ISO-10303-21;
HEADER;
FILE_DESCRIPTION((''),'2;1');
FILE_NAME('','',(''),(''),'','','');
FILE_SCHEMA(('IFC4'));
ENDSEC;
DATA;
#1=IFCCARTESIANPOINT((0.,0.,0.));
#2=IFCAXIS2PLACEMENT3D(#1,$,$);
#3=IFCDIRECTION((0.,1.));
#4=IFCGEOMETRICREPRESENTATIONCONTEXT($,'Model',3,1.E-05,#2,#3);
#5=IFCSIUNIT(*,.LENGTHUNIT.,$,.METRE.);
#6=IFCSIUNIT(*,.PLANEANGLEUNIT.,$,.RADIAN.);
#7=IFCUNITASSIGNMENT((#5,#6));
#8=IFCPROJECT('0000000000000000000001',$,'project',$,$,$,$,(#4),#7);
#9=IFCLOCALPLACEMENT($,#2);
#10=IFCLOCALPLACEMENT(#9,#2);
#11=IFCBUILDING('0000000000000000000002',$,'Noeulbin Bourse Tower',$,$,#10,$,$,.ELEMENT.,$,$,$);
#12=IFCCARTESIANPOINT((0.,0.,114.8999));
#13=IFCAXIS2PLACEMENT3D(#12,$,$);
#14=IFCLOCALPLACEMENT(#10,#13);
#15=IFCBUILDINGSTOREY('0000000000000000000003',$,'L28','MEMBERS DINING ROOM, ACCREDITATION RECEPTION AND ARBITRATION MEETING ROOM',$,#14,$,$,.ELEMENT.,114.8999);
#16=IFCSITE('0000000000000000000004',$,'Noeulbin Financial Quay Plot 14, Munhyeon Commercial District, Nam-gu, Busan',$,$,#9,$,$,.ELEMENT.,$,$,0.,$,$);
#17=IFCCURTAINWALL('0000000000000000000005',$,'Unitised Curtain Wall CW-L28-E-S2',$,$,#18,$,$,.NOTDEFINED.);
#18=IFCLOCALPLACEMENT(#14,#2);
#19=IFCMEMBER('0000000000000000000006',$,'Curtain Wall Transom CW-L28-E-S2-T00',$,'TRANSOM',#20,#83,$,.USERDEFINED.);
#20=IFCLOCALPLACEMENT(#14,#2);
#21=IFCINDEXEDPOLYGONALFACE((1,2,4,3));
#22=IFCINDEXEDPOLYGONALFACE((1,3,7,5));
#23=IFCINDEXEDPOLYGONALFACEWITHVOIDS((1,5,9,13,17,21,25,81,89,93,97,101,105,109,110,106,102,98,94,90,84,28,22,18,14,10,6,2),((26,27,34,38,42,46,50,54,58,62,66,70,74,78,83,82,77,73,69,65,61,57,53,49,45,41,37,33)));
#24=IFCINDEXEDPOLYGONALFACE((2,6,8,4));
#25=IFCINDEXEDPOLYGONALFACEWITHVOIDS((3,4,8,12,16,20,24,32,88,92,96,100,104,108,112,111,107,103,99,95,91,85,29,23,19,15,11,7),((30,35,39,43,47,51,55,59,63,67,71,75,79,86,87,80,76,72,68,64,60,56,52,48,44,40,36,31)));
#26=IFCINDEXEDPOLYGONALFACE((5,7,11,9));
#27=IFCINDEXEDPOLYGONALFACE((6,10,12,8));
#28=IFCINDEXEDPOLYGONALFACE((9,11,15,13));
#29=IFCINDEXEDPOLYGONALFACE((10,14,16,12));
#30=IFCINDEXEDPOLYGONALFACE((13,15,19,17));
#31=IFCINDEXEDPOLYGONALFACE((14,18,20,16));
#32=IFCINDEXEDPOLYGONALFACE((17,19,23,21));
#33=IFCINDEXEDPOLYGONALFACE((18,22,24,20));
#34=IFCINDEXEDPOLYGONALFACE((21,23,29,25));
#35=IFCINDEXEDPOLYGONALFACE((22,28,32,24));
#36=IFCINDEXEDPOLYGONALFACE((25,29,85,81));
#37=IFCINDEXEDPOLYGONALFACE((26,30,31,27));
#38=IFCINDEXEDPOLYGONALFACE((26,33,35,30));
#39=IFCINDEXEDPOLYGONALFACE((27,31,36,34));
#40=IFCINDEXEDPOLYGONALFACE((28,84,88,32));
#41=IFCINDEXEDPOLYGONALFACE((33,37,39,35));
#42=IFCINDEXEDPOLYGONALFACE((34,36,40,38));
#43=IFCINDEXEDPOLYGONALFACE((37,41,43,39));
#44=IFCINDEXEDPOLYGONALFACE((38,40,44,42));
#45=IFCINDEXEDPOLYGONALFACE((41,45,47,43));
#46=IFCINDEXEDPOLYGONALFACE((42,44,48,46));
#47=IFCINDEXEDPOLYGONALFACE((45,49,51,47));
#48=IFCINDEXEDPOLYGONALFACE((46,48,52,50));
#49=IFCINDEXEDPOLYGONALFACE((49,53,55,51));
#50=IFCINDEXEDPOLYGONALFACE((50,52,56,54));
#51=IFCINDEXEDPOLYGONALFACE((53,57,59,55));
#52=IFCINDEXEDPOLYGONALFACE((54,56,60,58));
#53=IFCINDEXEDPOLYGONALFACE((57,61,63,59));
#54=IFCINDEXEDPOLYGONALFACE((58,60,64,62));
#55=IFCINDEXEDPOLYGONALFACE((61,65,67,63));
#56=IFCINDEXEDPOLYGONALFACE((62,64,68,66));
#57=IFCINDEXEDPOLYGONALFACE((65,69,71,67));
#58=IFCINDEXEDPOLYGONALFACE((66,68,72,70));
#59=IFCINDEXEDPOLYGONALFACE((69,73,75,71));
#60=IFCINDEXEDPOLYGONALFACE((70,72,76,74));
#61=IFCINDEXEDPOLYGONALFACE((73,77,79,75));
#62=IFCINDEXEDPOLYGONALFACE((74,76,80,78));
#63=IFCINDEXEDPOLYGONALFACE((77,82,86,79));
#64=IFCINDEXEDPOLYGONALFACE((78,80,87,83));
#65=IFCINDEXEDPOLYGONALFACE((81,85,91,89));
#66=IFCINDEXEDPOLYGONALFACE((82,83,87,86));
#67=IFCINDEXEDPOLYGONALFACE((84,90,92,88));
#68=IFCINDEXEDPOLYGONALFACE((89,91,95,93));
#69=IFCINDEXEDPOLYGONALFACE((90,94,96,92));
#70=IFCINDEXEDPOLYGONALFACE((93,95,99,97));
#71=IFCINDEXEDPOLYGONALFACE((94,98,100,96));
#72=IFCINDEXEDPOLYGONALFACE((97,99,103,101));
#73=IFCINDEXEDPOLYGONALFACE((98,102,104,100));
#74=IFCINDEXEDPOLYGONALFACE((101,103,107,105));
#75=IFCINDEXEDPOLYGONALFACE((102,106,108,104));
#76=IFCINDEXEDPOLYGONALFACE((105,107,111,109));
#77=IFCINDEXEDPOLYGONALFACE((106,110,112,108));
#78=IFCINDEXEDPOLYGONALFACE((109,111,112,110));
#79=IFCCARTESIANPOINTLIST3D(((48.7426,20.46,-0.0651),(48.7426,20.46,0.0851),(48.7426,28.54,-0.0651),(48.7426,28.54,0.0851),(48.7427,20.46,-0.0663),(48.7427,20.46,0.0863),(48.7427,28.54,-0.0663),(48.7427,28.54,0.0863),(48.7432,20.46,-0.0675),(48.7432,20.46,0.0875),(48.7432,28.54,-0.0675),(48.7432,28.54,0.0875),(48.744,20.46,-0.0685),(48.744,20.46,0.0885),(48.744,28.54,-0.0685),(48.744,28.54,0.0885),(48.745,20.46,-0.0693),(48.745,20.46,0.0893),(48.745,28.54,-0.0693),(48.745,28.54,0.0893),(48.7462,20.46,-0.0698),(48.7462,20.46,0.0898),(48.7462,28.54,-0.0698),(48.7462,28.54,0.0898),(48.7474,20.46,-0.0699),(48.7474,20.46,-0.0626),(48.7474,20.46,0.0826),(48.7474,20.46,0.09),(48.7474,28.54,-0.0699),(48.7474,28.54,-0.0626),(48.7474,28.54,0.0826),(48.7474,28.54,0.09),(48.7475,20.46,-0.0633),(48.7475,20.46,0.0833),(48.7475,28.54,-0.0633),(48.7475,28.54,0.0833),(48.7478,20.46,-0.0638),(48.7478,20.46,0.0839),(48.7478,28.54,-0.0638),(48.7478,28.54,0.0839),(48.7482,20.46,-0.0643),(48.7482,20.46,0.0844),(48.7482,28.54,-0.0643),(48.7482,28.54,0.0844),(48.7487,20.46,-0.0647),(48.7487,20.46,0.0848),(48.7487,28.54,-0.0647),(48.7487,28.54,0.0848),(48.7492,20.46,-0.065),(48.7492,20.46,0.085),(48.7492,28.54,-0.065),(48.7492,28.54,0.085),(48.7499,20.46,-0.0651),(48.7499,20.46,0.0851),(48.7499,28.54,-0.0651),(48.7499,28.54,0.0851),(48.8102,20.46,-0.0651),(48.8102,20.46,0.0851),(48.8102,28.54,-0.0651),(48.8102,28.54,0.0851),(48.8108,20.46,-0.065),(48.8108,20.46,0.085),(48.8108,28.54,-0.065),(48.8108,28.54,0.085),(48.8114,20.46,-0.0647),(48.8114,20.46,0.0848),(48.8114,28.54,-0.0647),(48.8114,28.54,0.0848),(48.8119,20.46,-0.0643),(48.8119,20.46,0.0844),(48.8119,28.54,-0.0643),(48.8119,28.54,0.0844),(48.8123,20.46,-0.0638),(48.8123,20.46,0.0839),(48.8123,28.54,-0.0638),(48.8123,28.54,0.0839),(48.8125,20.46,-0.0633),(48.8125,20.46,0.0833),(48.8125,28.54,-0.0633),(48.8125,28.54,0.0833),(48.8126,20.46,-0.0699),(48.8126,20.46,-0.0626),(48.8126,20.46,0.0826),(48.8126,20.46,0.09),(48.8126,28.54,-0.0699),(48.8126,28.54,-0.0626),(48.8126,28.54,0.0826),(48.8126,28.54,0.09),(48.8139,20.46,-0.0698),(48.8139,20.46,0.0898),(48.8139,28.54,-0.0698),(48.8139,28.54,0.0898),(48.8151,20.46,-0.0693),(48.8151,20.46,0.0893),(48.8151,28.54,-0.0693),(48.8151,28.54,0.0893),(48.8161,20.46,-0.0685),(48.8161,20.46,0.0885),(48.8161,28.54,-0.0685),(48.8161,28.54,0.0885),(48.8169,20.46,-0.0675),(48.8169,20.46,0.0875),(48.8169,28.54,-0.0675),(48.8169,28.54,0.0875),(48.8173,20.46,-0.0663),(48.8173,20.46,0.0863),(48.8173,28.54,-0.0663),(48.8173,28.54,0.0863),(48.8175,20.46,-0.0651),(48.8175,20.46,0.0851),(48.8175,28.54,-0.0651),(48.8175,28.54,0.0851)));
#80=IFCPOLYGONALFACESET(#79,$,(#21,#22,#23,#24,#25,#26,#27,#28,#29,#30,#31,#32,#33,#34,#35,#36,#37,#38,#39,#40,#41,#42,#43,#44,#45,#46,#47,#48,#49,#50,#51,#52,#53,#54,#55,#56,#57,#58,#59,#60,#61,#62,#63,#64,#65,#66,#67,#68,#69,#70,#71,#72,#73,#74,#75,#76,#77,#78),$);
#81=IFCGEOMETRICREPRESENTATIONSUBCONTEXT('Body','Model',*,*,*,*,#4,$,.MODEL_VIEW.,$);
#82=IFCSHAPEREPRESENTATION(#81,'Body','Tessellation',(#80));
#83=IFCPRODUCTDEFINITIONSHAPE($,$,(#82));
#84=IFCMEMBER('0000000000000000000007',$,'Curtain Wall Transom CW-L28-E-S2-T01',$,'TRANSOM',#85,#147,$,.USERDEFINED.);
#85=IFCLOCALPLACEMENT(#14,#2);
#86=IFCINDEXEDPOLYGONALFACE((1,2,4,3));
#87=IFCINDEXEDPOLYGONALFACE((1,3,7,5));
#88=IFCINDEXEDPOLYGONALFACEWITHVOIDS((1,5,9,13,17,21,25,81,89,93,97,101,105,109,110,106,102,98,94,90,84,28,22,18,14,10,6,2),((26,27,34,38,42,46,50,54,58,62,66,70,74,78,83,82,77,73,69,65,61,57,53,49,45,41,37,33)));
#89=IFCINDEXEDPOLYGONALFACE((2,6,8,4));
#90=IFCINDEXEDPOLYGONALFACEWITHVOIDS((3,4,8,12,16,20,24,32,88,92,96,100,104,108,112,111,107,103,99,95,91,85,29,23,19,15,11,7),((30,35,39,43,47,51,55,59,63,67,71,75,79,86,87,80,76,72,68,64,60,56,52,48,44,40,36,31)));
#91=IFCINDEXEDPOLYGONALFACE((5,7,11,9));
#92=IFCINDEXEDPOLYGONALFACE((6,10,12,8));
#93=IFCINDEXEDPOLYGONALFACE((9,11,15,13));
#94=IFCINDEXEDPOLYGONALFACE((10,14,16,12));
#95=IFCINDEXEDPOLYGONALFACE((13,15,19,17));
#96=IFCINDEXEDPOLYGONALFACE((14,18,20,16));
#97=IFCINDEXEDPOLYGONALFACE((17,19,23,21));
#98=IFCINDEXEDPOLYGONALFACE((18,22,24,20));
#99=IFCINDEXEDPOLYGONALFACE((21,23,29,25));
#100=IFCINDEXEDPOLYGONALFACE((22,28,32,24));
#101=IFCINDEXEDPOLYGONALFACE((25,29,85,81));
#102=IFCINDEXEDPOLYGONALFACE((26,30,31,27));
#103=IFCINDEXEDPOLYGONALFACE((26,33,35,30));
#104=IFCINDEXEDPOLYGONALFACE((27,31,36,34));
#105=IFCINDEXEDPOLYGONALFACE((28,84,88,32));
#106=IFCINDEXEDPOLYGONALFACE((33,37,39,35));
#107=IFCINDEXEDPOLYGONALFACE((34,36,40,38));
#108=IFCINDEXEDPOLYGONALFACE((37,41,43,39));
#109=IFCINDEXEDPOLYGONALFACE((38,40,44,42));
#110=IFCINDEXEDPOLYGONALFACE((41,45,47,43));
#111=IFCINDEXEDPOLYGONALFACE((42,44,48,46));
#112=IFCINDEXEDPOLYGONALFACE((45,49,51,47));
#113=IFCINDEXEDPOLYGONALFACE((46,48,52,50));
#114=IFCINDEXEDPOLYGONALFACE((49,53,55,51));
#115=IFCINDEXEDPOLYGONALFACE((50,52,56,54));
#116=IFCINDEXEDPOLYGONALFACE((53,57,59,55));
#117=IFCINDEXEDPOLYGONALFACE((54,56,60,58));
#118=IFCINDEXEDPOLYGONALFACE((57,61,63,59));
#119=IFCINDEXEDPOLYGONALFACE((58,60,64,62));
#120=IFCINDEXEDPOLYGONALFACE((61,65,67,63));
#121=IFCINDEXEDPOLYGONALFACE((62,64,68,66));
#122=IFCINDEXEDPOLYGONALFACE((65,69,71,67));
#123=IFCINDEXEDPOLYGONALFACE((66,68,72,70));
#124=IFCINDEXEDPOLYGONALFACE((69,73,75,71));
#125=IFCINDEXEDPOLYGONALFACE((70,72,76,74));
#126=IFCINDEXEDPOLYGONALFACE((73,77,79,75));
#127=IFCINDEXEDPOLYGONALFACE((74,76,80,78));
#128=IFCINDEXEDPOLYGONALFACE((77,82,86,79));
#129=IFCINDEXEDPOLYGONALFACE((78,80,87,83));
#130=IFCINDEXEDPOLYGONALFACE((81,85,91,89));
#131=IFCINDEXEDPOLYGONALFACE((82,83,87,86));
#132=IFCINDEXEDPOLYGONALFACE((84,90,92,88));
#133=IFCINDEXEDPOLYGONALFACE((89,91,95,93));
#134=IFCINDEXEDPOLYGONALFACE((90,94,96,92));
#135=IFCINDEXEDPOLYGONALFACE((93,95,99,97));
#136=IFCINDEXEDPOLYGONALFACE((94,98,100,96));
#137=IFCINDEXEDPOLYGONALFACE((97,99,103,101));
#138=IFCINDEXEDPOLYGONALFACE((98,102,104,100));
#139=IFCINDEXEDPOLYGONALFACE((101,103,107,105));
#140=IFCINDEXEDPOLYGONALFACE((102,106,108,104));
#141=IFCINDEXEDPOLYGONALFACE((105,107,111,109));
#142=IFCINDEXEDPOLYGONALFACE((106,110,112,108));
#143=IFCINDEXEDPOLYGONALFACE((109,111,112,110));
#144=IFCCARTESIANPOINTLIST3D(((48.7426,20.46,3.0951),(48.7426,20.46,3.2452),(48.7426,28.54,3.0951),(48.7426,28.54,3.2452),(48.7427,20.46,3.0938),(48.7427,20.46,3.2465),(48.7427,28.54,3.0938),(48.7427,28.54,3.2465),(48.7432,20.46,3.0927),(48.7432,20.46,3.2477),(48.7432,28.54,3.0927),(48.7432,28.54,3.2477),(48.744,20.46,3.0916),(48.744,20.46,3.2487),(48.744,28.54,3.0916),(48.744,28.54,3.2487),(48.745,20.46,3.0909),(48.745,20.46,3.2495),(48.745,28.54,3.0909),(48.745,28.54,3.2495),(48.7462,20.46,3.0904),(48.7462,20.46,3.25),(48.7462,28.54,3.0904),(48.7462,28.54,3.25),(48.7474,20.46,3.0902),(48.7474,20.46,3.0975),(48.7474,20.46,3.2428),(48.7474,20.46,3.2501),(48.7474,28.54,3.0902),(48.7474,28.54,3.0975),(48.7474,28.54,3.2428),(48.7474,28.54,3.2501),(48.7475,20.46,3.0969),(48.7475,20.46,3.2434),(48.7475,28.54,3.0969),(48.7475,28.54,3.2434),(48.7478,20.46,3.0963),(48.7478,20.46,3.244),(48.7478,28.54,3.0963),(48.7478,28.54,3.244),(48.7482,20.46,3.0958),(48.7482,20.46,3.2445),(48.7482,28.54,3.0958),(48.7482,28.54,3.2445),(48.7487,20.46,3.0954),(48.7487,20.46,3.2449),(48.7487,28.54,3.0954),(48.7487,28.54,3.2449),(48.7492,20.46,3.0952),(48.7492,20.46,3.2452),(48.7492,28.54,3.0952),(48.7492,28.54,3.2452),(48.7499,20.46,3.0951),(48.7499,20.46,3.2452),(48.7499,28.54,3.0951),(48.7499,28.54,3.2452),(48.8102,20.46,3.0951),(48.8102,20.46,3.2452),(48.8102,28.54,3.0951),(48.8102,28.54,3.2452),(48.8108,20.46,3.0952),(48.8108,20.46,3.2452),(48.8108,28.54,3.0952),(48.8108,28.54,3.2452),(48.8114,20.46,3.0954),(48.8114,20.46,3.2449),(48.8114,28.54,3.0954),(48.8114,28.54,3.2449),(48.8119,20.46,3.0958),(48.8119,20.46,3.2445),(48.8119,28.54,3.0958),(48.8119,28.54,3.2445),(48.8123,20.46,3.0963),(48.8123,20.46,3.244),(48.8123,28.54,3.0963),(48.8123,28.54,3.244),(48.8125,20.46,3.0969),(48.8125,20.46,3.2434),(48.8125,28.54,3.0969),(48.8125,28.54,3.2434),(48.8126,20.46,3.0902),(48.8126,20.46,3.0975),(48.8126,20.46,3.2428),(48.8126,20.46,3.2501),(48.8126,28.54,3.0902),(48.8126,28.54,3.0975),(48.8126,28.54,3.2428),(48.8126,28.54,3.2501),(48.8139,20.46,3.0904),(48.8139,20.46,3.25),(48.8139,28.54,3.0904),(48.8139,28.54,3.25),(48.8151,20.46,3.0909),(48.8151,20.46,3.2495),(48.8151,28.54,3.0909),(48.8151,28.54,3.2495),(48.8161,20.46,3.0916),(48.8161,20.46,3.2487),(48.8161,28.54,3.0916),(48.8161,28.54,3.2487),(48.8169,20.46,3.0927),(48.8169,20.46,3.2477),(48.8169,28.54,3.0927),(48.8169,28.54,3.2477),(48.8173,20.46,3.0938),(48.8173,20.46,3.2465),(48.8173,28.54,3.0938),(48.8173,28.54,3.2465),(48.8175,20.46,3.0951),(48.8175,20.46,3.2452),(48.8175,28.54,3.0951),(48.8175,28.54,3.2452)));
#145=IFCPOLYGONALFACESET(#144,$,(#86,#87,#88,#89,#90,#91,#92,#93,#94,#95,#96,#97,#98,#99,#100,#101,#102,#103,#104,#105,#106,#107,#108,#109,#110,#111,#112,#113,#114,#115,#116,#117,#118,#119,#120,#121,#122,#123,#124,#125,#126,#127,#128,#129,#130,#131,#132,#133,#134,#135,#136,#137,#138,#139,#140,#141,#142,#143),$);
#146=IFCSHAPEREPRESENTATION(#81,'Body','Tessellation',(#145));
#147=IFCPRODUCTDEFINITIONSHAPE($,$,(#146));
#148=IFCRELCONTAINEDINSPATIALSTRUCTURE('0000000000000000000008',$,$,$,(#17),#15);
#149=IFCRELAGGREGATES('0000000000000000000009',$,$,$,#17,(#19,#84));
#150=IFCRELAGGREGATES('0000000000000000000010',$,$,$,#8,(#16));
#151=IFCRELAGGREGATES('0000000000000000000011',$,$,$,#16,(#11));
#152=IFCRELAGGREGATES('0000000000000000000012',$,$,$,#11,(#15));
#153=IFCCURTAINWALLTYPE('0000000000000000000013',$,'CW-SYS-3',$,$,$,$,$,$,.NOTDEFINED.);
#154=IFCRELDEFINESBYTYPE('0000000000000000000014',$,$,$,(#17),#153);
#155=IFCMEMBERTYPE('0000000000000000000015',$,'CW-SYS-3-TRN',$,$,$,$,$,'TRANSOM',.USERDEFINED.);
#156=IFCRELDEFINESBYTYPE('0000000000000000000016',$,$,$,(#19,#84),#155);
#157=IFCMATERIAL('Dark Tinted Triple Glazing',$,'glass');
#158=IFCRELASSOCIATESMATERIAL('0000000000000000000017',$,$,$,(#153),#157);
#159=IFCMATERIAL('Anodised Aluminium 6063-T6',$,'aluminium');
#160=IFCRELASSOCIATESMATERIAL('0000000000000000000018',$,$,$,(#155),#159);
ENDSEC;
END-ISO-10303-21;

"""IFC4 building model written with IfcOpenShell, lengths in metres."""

from ifc_helpers import new_model, si_unit, direction, frame, origin, origin_2d, place, context, subcontext, project, spatial, hollow_rectangle, extrude, material, material_profile, profile_set, type_object, element, aggregate, save


model = new_model("IFC4")

# Units and contexts
model_context = context("Model", 3, precision=1e-05, world=origin(), true_north=direction((0.0, 1.0)))
body_context = subcontext(model_context, "Body", "Model", "MODEL_VIEW")
ifc_project = project(units=[si_unit("LENGTHUNIT", "METRE"), si_unit("PLANEANGLEUNIT", "RADIAN")], contexts=[model_context])

# Site, building, storey
site_placement = place(None, origin())
site = spatial("IfcSite", under=ifc_project, at=site_placement, Name="Noeulbin Financial Quay Plot 14, Munhyeon Commercial District, Nam-gu, Busan", CompositionType="ELEMENT", RefElevation=0.0)
building_placement = place(site_placement, origin())
building = spatial("IfcBuilding", under=site, at=building_placement, Name="Noeulbin Bourse Tower", CompositionType="ELEMENT")
storey_placement = place(building_placement, frame((0.0, 0.0, 114.8999)))
storey = spatial("IfcBuildingStorey", under=building, at=storey_placement, Name="L28", Description="MEMBERS DINING ROOM, ACCREDITATION RECEPTION AND ARBITRATION MEETING ROOM", CompositionType="ELEMENT", Elevation=114.8999)

# Curtain wall
ifc_material_1 = material(Name="Dark Tinted Triple Glazing", Category="glass")
curtain_wall_type = type_object("IfcCurtainWallType", Name="CW-SYS-3", PredefinedType="NOTDEFINED", material=ifc_material_1)
curtain_wall_1_placement = place(storey_placement, origin())
curtain_wall_1 = element("IfcCurtainWall", 1, at=curtain_wall_1_placement, inside=storey, type_object=curtain_wall_type, Name="Unitised Curtain Wall CW-L28-E-S2", PredefinedType="NOTDEFINED")
ifc_material_2 = material(Name="Anodised Aluminium 6063-T6", Category="aluminium")

# Members
ifc_material_profile_1 = material_profile(ifc_material_2, hollow_rectangle(XDim=0.075, YDim=0.1599, WallThickness=0.0049, InnerFilletRadius=0.0024, OuterFilletRadius=0.0049, at=origin_2d()), Name="ALU-TRAN-75x160x5", Category="LoadBearing")
ifc_profile_set_1 = profile_set([ifc_material_profile_1], Name="Anodised Aluminium 6063-T6")
member_type_1 = type_object("IfcMemberType", Name="CW-SYS-3-TRN", ElementType="TRANSOM", PredefinedType="USERDEFINED", material=ifc_profile_set_1)
member_1_placement = place(storey_placement, frame((48.78, 20.46, 0.01), z_axis=(0.0, 1.0, 0.0), x_axis=(-1.0, 0.0, 0.0)))
member_1 = element("IfcMember", 2, at=member_1_placement, type_object=member_type_1, Name="Curtain Wall Transom CW-L28-E-S2-T00", ObjectType="TRANSOM", PredefinedType="USERDEFINED", context=body_context, shape_type="SweptSolid", body=[
    extrude(hollow_rectangle(XDim=0.075, YDim=0.1599, WallThickness=0.0049, InnerFilletRadius=0.0024, OuterFilletRadius=0.0049, at=origin_2d()), origin(), (0.0, 0.0, 1.0), 8.0801),
])
member_2_placement = place(storey_placement, frame((48.78, 20.46, 3.1702), z_axis=(0.0, 1.0, 0.0), x_axis=(-1.0, 0.0, 0.0)))
member_2 = element("IfcMember", 3, at=member_2_placement, type_object=member_type_1, Name="Curtain Wall Transom CW-L28-E-S2-T01", ObjectType="TRANSOM", PredefinedType="USERDEFINED", context=body_context, shape_type="SweptSolid", body=[
    extrude(hollow_rectangle(XDim=0.075, YDim=0.1599, WallThickness=0.0049, InnerFilletRadius=0.0024, OuterFilletRadius=0.0049, at=origin_2d()), origin(), (0.0, 0.0, 1.0), 8.0801),
])

aggregate(curtain_wall_1, [member_1, member_2])

save(model, "model.ifc")
